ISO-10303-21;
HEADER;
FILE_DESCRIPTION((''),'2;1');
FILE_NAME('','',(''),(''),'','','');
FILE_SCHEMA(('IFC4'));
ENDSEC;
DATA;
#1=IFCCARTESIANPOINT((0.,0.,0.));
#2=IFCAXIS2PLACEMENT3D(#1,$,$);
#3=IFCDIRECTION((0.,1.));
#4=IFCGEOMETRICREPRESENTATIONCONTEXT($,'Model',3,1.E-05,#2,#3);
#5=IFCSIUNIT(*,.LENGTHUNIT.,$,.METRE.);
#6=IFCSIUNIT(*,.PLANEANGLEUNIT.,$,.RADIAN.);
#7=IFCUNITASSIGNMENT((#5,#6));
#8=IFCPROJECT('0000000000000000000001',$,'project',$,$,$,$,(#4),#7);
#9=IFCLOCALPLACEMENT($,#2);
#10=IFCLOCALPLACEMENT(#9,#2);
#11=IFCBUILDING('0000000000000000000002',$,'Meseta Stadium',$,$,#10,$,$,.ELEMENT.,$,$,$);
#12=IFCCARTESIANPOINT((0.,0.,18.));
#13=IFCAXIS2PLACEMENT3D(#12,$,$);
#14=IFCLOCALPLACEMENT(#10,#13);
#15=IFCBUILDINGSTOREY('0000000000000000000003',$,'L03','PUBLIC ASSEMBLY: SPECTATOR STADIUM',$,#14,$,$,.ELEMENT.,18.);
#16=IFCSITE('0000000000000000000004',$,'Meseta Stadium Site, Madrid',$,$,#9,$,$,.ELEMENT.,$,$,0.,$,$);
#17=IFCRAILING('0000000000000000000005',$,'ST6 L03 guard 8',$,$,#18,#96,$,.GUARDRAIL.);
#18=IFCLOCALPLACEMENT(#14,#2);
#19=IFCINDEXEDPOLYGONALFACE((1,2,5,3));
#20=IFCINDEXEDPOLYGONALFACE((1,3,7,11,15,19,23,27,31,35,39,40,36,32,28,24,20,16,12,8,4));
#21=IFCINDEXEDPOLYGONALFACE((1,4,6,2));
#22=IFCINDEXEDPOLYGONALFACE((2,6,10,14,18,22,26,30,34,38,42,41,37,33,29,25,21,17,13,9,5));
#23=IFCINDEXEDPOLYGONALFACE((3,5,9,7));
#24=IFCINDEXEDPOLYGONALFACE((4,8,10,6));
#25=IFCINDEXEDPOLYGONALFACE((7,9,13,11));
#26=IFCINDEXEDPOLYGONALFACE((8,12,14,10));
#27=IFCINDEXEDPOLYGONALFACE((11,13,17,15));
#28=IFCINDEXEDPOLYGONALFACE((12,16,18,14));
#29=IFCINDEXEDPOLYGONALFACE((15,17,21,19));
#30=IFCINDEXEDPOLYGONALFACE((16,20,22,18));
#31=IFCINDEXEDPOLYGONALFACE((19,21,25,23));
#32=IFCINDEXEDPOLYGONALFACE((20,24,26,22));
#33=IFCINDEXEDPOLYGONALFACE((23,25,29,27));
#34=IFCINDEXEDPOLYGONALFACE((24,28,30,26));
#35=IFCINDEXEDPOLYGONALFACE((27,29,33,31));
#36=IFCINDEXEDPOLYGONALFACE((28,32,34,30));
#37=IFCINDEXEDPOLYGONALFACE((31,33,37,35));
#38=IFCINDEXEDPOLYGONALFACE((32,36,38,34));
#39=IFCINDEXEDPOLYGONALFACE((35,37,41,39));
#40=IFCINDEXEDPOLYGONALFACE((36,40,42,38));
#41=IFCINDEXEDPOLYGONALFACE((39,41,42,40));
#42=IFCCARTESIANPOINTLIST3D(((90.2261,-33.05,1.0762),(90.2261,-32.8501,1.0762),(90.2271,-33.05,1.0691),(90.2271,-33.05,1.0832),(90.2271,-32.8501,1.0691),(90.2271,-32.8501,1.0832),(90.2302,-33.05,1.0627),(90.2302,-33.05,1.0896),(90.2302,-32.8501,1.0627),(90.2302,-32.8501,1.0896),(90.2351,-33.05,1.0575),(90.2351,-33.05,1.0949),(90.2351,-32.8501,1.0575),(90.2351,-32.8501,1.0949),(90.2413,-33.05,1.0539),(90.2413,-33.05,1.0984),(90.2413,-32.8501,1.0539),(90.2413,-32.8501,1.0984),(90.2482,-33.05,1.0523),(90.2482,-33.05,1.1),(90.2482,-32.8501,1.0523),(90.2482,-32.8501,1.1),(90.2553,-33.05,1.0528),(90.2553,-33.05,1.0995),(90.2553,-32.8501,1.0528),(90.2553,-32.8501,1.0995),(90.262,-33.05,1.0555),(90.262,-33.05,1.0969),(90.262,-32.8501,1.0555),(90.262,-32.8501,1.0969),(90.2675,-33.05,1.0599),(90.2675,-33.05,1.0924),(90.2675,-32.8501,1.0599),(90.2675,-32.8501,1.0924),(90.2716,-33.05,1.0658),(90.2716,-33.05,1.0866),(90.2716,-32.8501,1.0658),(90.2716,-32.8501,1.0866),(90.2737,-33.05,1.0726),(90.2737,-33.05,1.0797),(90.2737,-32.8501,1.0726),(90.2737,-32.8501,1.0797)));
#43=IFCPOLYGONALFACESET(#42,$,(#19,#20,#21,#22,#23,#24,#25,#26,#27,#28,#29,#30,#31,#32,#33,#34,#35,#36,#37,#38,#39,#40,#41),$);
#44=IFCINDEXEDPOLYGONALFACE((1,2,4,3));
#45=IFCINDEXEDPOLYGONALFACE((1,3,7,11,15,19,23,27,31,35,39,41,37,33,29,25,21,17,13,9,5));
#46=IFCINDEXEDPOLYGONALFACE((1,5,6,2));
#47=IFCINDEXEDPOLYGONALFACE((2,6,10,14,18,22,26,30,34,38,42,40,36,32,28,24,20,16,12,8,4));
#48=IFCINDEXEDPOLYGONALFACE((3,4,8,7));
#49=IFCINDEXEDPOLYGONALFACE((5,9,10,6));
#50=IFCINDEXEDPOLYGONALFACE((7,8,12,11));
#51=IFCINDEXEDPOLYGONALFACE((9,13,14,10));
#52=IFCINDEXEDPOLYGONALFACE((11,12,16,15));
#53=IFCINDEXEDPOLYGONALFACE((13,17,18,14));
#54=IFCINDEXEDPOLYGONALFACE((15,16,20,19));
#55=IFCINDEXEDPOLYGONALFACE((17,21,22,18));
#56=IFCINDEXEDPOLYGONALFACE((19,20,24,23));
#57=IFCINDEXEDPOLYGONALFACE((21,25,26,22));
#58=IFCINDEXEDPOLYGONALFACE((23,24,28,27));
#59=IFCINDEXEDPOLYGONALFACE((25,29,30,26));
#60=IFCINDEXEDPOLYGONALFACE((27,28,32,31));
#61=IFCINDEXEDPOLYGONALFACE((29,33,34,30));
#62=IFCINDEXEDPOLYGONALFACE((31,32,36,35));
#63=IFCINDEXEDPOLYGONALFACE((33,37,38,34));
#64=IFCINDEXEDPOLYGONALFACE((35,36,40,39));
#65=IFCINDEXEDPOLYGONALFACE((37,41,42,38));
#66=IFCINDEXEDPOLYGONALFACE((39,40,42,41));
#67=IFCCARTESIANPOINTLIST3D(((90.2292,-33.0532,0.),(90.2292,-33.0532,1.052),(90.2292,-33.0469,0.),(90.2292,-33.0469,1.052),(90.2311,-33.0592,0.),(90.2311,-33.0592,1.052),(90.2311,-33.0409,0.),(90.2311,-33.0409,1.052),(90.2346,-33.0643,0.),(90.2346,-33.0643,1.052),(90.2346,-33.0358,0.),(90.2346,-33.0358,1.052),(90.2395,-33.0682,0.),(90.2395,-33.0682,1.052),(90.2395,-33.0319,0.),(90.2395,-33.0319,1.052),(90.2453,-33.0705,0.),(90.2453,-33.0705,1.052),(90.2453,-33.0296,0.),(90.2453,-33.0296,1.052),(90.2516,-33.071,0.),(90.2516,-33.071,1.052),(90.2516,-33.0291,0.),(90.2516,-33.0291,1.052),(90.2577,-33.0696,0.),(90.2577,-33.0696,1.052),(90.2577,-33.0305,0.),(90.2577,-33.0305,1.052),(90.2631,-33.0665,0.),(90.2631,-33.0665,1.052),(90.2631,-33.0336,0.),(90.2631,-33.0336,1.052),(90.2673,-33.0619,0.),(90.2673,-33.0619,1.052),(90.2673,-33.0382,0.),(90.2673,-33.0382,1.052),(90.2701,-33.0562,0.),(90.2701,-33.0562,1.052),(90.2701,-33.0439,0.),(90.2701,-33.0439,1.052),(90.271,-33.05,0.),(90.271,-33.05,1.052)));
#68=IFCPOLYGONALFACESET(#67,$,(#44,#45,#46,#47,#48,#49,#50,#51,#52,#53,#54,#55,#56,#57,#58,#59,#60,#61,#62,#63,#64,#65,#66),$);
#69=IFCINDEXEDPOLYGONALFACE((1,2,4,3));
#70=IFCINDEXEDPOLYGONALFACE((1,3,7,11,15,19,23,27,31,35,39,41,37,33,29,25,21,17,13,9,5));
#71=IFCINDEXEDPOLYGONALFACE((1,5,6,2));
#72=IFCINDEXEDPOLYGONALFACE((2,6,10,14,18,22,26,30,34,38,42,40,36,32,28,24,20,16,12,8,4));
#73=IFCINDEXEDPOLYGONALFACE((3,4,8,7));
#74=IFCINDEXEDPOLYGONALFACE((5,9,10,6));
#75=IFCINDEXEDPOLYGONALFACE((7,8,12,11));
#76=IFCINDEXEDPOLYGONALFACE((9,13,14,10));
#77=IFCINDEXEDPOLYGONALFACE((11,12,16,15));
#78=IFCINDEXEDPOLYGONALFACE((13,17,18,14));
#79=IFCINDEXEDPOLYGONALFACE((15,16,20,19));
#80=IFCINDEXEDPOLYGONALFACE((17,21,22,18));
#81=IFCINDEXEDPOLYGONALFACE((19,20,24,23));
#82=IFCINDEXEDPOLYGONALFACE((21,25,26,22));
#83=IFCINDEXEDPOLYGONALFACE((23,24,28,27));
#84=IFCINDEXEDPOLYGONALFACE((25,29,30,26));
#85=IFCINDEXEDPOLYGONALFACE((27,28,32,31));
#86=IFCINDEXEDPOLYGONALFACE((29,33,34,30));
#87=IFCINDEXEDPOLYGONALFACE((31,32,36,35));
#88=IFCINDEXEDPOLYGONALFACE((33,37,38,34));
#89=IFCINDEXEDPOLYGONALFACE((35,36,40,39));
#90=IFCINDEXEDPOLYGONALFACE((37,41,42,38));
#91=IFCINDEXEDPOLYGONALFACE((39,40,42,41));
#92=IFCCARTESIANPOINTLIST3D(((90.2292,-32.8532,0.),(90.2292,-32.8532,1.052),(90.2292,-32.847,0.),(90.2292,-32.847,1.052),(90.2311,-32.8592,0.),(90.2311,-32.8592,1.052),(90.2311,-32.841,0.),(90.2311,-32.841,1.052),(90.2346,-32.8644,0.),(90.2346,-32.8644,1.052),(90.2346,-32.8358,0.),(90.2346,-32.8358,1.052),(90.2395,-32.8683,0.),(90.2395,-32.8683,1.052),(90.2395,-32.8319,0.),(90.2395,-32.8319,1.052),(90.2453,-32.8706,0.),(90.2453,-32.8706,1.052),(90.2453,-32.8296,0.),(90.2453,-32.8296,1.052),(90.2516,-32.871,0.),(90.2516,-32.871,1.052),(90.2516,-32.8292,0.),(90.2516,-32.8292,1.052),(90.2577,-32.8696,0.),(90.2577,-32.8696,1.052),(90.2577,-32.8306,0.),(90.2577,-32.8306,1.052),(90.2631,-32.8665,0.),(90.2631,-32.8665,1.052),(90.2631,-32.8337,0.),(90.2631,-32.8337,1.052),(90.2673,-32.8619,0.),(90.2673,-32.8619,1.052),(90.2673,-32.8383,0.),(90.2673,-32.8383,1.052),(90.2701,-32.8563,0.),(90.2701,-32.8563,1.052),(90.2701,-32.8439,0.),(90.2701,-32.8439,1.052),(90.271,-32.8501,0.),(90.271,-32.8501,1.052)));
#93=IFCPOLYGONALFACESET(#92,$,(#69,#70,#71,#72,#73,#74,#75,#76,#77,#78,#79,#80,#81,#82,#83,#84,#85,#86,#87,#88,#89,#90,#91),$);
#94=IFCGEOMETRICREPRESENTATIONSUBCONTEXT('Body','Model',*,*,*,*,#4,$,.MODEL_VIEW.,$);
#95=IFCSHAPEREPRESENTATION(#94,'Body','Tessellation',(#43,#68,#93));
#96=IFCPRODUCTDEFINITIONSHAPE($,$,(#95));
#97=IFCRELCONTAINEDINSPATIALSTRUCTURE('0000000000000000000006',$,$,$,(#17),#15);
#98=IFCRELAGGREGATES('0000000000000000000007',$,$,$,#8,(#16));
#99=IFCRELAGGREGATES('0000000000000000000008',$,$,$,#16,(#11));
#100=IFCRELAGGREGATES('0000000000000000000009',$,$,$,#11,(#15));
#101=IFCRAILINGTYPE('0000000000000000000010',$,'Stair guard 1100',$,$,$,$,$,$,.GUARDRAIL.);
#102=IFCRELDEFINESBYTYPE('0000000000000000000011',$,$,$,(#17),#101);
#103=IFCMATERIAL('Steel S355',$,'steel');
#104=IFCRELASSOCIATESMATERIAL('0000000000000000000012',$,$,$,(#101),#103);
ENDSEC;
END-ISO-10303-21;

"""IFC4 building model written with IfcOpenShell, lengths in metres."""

from ifc_helpers import new_model, si_unit, direction, frame, origin, origin_2d, place, context, subcontext, project, spatial, circle, extrude, material, type_object, element, save


model = new_model("IFC4")

# Units and contexts
model_context = context("Model", 3, precision=1e-05, world=origin(), true_north=direction((0.0, 1.0)))
body_context = subcontext(model_context, "Body", "Model", "MODEL_VIEW")
ifc_project = project(units=[si_unit("LENGTHUNIT", "METRE"), si_unit("PLANEANGLEUNIT", "RADIAN")], contexts=[model_context])

# Site, building, storey
site_placement = place(None, origin())
site = spatial("IfcSite", under=ifc_project, at=site_placement, Name="Meseta Stadium Site, Madrid", CompositionType="ELEMENT", RefElevation=0.0)
building_placement = place(site_placement, origin())
building = spatial("IfcBuilding", under=site, at=building_placement, Name="Meseta Stadium", CompositionType="ELEMENT")
storey_placement = place(building_placement, frame((0.0, 0.0, 18.0)))
storey = spatial("IfcBuildingStorey", under=building, at=storey_placement, Name="L03", Description="PUBLIC ASSEMBLY: SPECTATOR STADIUM", CompositionType="ELEMENT", Elevation=18.0)

# Railing
ifc_material_1 = material(Name="Steel S355", Category="steel")
railing_type_1 = type_object("IfcRailingType", Name="Stair guard 1100", PredefinedType="GUARDRAIL", material=ifc_material_1)
railing_1_placement = place(storey_placement, frame((90.25, -33.05, 0.0)))
element("IfcRailing", 1, at=railing_1_placement, inside=storey, type_object=railing_type_1, Name="ST6 L03 guard 8", PredefinedType="GUARDRAIL", context=body_context, shape_type="SweptSolid", body=[
    extrude(circle(Radius=0.0239, at=origin_2d()), frame((0.0, 0.0, 1.0762), z_axis=(0.0, 1.0, 0.0), x_axis=(-1.0, 0.0, 0.0)), (0.0, 0.0, 1.0), 0.2),
    extrude(circle(Radius=0.021, at=origin_2d()), origin(), (0.0, 0.0, 1.0), 1.052),
    extrude(circle(Radius=0.021, at=origin_2d()), frame((0.0, 0.2, 0.0)), (0.0, 0.0, 1.0), 1.052),
])

save(model, "model.ifc")
